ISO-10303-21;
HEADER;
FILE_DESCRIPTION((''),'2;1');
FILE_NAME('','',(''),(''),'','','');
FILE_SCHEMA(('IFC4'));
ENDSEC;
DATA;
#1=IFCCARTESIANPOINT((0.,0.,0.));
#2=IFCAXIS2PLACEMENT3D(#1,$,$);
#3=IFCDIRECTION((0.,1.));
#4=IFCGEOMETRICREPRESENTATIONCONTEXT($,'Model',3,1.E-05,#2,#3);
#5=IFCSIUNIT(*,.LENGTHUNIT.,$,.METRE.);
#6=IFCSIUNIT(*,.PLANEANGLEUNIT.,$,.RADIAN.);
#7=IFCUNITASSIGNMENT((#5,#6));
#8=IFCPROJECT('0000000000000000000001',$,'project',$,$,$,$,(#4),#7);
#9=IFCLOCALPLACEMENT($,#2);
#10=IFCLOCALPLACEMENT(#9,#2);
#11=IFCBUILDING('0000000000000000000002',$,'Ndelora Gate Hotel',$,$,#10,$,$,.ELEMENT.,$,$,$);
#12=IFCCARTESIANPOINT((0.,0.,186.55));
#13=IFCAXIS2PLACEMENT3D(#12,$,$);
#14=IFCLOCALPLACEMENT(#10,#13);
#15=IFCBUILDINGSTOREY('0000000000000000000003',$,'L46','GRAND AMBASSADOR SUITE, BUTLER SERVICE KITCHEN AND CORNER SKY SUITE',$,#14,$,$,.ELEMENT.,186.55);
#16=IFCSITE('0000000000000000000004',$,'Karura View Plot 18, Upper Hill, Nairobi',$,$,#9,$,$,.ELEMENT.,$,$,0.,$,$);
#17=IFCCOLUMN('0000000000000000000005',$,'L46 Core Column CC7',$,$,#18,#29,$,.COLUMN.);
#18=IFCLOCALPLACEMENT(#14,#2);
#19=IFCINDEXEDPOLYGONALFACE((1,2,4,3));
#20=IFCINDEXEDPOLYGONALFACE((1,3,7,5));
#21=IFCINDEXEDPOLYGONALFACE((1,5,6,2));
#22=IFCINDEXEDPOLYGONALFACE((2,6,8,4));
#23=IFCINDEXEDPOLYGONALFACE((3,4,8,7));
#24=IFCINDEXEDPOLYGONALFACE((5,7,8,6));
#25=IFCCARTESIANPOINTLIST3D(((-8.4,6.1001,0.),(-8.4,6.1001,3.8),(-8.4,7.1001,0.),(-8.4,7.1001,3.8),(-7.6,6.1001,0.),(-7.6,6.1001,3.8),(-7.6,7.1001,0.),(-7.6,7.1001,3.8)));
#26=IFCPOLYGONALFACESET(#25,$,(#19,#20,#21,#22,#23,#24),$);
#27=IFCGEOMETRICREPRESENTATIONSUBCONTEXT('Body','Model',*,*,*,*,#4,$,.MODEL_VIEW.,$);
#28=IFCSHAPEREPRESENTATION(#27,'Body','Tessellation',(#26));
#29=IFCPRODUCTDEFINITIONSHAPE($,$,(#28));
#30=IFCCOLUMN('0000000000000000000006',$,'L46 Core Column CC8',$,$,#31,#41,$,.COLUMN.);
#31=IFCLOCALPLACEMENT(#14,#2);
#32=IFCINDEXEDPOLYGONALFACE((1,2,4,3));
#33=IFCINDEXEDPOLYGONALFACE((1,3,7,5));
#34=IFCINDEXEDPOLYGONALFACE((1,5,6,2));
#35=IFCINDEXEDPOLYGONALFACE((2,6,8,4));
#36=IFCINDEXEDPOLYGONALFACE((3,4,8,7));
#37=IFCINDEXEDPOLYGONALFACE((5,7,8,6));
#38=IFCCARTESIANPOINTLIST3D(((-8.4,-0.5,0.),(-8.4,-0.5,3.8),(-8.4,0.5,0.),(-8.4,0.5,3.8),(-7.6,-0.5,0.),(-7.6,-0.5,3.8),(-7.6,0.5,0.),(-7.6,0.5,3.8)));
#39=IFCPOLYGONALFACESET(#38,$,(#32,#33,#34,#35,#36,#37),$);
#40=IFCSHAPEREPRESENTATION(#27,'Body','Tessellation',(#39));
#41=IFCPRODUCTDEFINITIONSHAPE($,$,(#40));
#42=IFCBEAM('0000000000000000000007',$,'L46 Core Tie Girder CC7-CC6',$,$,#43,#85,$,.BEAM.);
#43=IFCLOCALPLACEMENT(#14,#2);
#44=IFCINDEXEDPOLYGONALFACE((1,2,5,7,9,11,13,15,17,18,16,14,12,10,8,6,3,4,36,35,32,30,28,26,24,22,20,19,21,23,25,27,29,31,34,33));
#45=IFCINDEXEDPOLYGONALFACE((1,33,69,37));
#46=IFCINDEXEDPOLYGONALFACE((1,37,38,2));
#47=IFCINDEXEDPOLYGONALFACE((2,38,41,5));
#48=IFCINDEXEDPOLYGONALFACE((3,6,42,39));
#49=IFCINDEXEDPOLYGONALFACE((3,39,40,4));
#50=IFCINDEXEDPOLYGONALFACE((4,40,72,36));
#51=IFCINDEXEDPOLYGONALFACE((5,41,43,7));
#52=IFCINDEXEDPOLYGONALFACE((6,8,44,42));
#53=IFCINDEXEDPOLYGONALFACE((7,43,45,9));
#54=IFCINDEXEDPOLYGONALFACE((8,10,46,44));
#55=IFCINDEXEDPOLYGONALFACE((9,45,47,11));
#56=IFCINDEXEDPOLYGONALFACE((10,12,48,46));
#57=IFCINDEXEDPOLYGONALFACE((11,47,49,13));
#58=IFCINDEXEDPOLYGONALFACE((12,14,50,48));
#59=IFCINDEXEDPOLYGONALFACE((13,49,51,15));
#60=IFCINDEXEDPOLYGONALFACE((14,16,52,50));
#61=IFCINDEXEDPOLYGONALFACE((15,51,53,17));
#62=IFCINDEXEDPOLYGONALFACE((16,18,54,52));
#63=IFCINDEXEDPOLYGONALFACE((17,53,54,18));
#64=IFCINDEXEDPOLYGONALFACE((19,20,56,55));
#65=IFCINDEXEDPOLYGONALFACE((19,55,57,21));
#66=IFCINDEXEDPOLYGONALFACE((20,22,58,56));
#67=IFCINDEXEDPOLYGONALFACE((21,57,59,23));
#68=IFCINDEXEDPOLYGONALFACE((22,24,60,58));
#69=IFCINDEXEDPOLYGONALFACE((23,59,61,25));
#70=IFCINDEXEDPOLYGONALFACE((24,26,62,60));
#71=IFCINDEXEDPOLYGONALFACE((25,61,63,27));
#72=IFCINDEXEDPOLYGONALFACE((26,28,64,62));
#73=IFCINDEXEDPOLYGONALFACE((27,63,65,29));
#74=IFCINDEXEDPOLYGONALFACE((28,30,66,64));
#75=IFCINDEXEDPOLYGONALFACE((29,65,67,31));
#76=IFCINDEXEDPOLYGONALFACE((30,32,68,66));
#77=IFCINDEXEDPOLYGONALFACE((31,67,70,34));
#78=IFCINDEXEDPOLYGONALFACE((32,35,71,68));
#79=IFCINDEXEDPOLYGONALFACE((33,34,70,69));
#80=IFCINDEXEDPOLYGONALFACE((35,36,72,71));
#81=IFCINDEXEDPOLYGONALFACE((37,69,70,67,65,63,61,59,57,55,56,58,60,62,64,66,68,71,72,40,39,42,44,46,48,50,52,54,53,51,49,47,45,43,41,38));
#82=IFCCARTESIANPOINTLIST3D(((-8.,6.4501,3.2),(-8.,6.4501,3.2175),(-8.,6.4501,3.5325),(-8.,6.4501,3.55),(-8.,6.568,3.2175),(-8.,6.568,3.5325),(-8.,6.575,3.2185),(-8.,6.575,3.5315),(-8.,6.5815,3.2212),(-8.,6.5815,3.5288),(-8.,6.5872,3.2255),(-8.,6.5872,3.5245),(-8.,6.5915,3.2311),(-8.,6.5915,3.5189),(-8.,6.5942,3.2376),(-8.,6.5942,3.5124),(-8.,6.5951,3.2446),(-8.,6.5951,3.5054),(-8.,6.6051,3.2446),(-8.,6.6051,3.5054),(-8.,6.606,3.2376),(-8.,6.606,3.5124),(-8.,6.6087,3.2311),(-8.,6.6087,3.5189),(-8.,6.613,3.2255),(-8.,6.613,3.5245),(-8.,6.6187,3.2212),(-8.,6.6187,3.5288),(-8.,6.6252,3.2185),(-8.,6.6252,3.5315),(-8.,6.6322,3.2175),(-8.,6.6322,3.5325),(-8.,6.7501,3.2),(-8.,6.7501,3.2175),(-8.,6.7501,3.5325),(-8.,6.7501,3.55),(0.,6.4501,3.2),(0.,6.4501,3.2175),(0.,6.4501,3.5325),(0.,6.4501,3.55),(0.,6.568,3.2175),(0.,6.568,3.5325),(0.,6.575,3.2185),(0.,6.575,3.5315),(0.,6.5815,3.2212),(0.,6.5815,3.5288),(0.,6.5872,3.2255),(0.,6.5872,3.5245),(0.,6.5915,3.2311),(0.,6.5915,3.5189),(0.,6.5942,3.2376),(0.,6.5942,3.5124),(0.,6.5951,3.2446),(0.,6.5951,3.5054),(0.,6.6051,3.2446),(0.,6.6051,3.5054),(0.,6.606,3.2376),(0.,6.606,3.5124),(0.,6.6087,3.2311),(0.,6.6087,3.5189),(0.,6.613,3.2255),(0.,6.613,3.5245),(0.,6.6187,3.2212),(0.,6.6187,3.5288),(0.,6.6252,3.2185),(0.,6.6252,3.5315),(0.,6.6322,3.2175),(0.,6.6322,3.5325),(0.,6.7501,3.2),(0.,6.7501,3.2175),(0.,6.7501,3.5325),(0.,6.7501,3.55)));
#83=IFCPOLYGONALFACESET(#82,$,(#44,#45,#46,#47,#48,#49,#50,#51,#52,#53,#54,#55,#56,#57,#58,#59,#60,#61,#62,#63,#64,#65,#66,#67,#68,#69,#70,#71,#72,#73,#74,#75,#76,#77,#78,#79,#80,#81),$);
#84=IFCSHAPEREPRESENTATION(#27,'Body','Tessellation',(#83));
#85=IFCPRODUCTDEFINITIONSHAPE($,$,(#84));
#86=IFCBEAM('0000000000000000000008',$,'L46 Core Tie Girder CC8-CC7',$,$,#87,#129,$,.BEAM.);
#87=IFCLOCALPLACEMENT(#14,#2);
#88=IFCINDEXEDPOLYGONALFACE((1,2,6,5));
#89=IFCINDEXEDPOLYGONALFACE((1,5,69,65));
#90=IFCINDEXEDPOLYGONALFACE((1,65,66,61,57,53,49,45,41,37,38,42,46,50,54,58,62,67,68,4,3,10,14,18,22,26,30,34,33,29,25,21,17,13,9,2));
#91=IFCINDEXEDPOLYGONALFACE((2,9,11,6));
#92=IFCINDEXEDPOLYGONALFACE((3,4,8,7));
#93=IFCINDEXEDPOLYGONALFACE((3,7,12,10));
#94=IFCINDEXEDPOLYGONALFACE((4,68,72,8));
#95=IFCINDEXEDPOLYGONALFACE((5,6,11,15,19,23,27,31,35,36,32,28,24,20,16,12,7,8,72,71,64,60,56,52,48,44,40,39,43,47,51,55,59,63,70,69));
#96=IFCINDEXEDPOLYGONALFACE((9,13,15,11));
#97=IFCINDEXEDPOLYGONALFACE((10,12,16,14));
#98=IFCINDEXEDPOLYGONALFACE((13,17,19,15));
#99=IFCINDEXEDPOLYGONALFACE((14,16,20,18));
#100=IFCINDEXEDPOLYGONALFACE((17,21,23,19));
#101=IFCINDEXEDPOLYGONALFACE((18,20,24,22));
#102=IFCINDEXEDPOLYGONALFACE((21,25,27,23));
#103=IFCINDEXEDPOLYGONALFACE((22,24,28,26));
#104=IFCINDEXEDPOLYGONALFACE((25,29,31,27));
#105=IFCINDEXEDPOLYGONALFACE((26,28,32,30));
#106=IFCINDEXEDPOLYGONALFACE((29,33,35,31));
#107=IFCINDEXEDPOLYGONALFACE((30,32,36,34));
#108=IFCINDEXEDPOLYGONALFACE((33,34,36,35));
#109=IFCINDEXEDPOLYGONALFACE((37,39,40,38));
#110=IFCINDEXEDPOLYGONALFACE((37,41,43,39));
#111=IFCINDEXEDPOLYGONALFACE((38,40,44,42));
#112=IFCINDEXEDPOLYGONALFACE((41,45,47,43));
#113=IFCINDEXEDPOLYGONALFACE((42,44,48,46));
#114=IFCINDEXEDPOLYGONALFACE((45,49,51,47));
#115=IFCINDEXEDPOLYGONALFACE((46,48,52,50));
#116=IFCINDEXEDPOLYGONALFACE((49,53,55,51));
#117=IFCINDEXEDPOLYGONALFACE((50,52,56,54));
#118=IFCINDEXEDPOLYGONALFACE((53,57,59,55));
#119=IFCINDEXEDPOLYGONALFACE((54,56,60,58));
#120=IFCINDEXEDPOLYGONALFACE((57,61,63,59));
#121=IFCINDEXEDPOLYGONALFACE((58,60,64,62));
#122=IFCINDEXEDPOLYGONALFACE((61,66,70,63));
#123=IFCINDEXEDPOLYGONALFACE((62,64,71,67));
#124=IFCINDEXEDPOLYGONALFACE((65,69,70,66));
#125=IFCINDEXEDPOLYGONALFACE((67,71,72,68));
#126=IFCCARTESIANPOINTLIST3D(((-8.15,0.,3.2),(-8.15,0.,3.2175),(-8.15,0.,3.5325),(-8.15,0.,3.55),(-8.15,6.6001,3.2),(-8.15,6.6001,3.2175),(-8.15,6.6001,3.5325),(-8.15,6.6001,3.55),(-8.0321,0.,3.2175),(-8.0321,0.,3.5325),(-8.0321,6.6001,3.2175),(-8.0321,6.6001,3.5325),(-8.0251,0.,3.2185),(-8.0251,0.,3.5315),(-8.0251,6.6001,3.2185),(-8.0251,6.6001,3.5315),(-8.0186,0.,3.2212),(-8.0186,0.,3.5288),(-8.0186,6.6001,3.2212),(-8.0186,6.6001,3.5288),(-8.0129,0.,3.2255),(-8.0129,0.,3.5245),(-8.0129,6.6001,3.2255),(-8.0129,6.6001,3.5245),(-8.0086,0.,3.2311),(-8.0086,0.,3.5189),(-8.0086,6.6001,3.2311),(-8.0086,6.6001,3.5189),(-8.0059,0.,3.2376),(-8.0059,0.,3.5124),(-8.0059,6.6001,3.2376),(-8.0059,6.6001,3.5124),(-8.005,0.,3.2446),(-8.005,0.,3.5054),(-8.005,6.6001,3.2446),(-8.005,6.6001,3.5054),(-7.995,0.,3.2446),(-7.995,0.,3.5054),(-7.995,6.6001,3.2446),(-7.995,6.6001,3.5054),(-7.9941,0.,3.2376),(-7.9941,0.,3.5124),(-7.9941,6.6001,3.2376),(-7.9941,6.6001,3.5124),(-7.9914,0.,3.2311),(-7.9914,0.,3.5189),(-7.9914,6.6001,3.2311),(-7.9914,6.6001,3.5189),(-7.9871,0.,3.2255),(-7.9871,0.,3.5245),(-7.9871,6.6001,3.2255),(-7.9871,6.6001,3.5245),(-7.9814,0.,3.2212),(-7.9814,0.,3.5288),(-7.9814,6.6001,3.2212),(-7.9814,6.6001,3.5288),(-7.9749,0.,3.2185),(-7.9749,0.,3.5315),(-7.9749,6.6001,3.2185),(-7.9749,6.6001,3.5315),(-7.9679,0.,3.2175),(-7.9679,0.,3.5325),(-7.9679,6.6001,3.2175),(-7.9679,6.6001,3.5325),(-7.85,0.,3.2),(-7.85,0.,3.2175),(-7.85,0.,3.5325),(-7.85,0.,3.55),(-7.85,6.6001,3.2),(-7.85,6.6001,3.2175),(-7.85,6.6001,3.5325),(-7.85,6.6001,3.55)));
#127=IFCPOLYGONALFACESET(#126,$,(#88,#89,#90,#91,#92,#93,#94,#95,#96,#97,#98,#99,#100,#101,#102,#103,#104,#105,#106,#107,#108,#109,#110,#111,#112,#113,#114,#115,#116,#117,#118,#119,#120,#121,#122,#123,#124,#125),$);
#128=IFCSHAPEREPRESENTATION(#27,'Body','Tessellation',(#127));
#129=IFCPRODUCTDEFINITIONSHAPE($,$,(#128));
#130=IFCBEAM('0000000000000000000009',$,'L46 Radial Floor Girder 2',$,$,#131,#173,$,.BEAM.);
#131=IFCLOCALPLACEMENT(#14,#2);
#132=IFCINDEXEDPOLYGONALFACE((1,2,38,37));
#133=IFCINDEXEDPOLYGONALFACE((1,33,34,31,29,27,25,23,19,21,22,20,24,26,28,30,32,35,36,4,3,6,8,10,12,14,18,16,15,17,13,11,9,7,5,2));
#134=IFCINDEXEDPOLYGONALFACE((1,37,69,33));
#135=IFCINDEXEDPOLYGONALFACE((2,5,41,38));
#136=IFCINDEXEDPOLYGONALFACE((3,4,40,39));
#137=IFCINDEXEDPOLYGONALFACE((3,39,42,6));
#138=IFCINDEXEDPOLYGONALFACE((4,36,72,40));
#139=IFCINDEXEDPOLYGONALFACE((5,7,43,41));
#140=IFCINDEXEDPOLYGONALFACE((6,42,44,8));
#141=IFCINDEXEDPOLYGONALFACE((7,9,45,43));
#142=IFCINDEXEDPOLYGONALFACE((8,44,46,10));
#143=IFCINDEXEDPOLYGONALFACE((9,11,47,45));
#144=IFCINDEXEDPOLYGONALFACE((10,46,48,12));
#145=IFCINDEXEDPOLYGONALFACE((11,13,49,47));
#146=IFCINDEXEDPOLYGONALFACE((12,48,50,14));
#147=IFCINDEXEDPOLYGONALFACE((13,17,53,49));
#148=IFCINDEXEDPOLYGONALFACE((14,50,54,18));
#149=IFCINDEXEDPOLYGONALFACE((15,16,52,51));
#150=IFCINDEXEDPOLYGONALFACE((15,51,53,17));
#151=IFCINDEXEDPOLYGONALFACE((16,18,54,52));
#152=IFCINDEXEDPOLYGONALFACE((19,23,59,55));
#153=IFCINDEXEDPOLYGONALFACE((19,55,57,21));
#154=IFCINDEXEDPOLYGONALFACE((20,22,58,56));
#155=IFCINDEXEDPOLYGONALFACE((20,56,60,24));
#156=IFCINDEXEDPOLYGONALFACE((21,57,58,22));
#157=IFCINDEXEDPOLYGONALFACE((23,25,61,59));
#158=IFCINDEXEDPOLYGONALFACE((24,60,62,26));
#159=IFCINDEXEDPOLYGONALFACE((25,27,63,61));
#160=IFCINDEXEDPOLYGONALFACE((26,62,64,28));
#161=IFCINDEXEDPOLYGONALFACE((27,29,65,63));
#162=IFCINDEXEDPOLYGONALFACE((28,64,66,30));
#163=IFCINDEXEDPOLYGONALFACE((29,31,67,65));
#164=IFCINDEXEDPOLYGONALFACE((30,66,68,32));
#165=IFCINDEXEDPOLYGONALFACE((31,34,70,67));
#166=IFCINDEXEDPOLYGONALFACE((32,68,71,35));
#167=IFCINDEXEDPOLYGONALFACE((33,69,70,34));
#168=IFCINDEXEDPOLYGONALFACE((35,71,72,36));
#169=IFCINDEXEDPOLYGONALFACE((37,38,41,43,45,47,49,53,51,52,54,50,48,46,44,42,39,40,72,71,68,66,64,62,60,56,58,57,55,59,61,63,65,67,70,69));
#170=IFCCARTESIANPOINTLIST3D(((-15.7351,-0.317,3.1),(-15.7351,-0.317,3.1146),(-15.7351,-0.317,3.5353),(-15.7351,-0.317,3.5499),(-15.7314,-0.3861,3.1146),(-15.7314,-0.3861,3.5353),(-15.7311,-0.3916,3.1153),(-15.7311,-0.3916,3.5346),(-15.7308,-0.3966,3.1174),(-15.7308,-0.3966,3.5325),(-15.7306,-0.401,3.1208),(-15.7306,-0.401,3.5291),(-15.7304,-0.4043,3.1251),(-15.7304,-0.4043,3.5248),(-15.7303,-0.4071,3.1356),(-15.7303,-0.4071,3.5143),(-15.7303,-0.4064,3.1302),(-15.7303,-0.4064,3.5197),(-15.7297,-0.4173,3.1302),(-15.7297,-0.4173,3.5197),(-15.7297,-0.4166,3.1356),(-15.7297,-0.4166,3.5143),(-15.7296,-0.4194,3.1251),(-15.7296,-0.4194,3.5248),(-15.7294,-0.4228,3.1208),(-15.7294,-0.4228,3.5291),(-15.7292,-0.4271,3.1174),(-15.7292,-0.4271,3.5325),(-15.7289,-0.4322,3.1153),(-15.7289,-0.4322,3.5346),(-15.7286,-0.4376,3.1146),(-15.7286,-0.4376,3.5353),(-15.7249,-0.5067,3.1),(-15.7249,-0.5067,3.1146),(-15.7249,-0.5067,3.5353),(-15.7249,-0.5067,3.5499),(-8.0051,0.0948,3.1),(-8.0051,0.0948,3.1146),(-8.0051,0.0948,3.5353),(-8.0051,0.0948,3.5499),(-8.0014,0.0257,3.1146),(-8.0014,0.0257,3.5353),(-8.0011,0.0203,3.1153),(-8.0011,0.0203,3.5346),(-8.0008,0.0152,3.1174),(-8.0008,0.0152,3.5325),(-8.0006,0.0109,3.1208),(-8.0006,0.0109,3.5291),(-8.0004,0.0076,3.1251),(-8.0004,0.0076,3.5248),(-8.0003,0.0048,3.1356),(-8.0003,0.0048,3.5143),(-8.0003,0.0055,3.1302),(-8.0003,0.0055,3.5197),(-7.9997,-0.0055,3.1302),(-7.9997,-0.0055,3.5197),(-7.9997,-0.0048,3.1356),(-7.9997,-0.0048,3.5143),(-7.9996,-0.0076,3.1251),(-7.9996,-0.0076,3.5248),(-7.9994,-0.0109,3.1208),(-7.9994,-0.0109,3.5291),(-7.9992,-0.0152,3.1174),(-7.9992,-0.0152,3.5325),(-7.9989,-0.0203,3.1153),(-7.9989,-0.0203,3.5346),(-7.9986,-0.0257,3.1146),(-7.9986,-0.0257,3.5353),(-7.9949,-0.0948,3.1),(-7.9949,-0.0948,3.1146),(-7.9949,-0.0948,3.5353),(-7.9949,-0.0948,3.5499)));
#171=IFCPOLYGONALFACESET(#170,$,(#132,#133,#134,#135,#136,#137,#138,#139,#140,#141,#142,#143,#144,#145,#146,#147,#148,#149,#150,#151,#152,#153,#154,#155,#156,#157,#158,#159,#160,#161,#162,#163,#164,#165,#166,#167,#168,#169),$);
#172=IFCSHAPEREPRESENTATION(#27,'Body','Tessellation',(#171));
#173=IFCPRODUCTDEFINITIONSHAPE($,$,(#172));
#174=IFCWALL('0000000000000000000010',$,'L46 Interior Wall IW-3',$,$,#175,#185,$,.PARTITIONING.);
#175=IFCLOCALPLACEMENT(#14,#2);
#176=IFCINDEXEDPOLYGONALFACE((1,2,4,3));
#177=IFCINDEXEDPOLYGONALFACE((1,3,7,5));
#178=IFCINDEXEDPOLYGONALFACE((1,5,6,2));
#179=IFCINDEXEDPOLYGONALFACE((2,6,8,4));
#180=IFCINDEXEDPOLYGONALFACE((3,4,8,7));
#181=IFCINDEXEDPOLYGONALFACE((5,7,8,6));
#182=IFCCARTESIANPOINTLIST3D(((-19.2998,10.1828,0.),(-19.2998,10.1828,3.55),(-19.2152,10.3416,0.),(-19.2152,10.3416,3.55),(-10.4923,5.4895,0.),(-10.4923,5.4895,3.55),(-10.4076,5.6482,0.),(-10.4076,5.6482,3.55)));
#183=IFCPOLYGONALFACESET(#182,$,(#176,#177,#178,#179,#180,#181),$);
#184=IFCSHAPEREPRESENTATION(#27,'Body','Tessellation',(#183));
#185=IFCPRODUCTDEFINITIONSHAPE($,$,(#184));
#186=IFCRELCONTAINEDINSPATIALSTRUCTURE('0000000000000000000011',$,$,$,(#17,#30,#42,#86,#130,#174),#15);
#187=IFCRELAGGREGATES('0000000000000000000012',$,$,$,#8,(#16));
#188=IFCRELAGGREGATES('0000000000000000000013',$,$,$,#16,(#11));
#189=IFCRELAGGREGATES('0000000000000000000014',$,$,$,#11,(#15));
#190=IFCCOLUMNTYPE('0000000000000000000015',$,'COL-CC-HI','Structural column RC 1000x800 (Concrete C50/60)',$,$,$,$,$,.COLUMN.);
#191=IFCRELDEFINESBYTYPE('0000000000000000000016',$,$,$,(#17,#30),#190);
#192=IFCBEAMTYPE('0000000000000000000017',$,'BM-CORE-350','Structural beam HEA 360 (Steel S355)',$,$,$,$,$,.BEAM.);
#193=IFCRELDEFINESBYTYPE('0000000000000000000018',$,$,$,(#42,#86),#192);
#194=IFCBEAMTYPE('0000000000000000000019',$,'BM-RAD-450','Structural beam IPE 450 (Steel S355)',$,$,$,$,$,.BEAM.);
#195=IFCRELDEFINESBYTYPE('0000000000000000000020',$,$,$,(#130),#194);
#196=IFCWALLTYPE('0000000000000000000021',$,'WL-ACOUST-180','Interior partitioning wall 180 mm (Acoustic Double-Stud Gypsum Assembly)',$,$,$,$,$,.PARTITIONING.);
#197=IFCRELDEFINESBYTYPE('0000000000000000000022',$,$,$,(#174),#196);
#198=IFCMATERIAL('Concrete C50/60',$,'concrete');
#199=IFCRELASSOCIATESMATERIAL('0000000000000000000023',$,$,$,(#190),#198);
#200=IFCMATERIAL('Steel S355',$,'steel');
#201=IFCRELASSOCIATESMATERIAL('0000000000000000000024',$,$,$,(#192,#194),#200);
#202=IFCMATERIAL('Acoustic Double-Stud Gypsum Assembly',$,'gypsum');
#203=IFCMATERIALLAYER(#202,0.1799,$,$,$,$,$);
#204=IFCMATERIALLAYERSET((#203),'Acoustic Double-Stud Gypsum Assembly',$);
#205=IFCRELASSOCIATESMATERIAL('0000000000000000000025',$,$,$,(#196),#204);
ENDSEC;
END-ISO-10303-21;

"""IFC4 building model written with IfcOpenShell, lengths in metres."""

from ifc_helpers import new_model, si_unit, direction, frame, frame_2d, origin, origin_2d, place, context, subcontext, project, spatial, rectangle, i_section, extrude, material, layer, layer_set, material_profile, profile_set, type_object, element, save


model = new_model("IFC4")

# Units and contexts
model_context = context("Model", 3, precision=1e-05, world=origin(), true_north=direction((0.0, 1.0)))
body_context = subcontext(model_context, "Body", "Model", "MODEL_VIEW")
ifc_project = project(units=[si_unit("LENGTHUNIT", "METRE"), si_unit("PLANEANGLEUNIT", "RADIAN")], contexts=[model_context])

# Site, building, storey
site_placement = place(None, origin())
site = spatial("IfcSite", under=ifc_project, at=site_placement, Name="Karura View Plot 18, Upper Hill, Nairobi", CompositionType="ELEMENT", RefElevation=0.0)
building_placement = place(site_placement, origin())
building = spatial("IfcBuilding", under=site, at=building_placement, Name="Ndelora Gate Hotel", CompositionType="ELEMENT")
storey_placement = place(building_placement, frame((0.0, 0.0, 186.55)))
storey = spatial("IfcBuildingStorey", under=building, at=storey_placement, Name="L46", Description="GRAND AMBASSADOR SUITE, BUTLER SERVICE KITCHEN AND CORNER SKY SUITE", CompositionType="ELEMENT", Elevation=186.55)

# Columns
ifc_material_1 = material(Name="Concrete C50/60", Category="concrete")
ifc_material_profile_1 = material_profile(ifc_material_1, rectangle(XDim=0.8, YDim=1.0, at=origin_2d()), Name="RC 1000x800")
ifc_profile_set_1 = profile_set([ifc_material_profile_1], Name="Concrete C50/60")
column_type = type_object("IfcColumnType", Name="COL-CC-HI", Description="Structural column RC 1000x800 (Concrete C50/60)", PredefinedType="COLUMN", material=ifc_profile_set_1)
for number, where, z_axis, x_axis, name in (
    (1, (-8.0, 6.6001, 0.0), (0.0, 0.0, 1.0), (1.0, 0.0, 0.0), "L46 Core Column CC7"),
    (2, (-8.0, 0.0, 0.0), (0.0, 0.0, 1.0), (1.0, 0.0, 0.0), "L46 Core Column CC8"),
):
    element("IfcColumn", number, at=place(storey_placement, frame(where, z_axis=z_axis, x_axis=x_axis)), inside=storey, type_object=column_type, Name=name, PredefinedType="COLUMN", context=body_context, shape_type="SweptSolid", body=[
        extrude(rectangle(XDim=0.8, YDim=1.0, at=origin_2d()), origin(), (0.0, 0.0, 1.0), 3.8),
    ])

# Beams
ifc_material_2 = material(Name="Steel S355", Category="steel")
ifc_material_profile_2 = material_profile(ifc_material_2, i_section(OverallWidth=0.3, OverallDepth=0.3501, WebThickness=0.01, FlangeThickness=0.0176, FilletRadius=0.0271, at=origin_2d()), Name="HEA 360")
ifc_profile_set_2 = profile_set([ifc_material_profile_2], Name="Steel S355")
beam_type_1 = type_object("IfcBeamType", Name="BM-CORE-350", Description="Structural beam HEA 360 (Steel S355)", PredefinedType="BEAM", material=ifc_profile_set_2)
beam_1_placement = place(storey_placement, frame((-8.0, 6.6001, 3.375), z_axis=(1.0, 0.0, 0.0), x_axis=(0.0, 1.0, 0.0)))
element("IfcBeam", 3, at=beam_1_placement, inside=storey, type_object=beam_type_1, Name="L46 Core Tie Girder CC7-CC6", PredefinedType="BEAM", context=body_context, shape_type="SweptSolid", body=[
    extrude(i_section(OverallWidth=0.3, OverallDepth=0.3501, WebThickness=0.01, FlangeThickness=0.0176, FilletRadius=0.0271, at=origin_2d()), origin(), (0.0, 0.0, 1.0), 8.0),
])
beam_2_placement = place(storey_placement, frame((-8.0, 0.0, 3.375), z_axis=(0.0, 1.0, 0.0), x_axis=(-1.0, 0.0, 0.0)))
element("IfcBeam", 4, at=beam_2_placement, inside=storey, type_object=beam_type_1, Name="L46 Core Tie Girder CC8-CC7", PredefinedType="BEAM", context=body_context, shape_type="SweptSolid", body=[
    extrude(i_section(OverallWidth=0.3, OverallDepth=0.3501, WebThickness=0.01, FlangeThickness=0.0176, FilletRadius=0.0271, at=origin_2d()), origin(), (0.0, 0.0, 1.0), 6.6001),
])
ifc_material_profile_3 = material_profile(ifc_material_2, i_section(OverallWidth=0.1899, OverallDepth=0.45, WebThickness=0.0095, FlangeThickness=0.0146, FilletRadius=0.021, at=origin_2d()), Name="IPE 450")
ifc_profile_set_3 = profile_set([ifc_material_profile_3], Name="Steel S355")
beam_type_2 = type_object("IfcBeamType", Name="BM-RAD-450", Description="Structural beam IPE 450 (Steel S355)", PredefinedType="BEAM", material=ifc_profile_set_3)
beam_3_placement = place(storey_placement, frame((-8.0, 0.0, 3.325), z_axis=(-0.998584, -0.053206, 0.0), x_axis=(0.053206, -0.998584, 0.0)))
element("IfcBeam", 5, at=beam_3_placement, inside=storey, type_object=beam_type_2, Name="L46 Radial Floor Girder 2", PredefinedType="BEAM", context=body_context, shape_type="SweptSolid", body=[
    extrude(i_section(OverallWidth=0.1899, OverallDepth=0.45, WebThickness=0.0095, FlangeThickness=0.0146, FilletRadius=0.021, at=origin_2d()), origin(), (0.0, 0.0, 1.0), 7.741),
])

# Wall
ifc_material_3 = material(Name="Acoustic Double-Stud Gypsum Assembly", Category="gypsum")
ifc_layer_1 = layer(ifc_material_3, 0.1799)
ifc_layer_set_1 = layer_set([ifc_layer_1], Name="Acoustic Double-Stud Gypsum Assembly")
wall_type_1 = type_object("IfcWallType", Name="WL-ACOUST-180", Description="Interior partitioning wall 180 mm (Acoustic Double-Stud Gypsum Assembly)", PredefinedType="PARTITIONING", material=ifc_layer_set_1)
wall_1_placement = place(storey_placement, frame((-10.45, 5.5688, 0.0), z_axis=(0.0, 0.0, 1.0), x_axis=(-0.882521, 0.470273, 0.0)))
element("IfcWall", 6, at=wall_1_placement, inside=storey, type_object=wall_type_1, Name="L46 Interior Wall IW-3", PredefinedType="PARTITIONING", context=body_context, shape_type="SweptSolid", body=[
    extrude(rectangle(XDim=9.98, YDim=0.1799, at=frame_2d((4.99, 0.0))), origin(), (0.0, 0.0, 1.0), 3.55),
])

save(model, "model.ifc")
